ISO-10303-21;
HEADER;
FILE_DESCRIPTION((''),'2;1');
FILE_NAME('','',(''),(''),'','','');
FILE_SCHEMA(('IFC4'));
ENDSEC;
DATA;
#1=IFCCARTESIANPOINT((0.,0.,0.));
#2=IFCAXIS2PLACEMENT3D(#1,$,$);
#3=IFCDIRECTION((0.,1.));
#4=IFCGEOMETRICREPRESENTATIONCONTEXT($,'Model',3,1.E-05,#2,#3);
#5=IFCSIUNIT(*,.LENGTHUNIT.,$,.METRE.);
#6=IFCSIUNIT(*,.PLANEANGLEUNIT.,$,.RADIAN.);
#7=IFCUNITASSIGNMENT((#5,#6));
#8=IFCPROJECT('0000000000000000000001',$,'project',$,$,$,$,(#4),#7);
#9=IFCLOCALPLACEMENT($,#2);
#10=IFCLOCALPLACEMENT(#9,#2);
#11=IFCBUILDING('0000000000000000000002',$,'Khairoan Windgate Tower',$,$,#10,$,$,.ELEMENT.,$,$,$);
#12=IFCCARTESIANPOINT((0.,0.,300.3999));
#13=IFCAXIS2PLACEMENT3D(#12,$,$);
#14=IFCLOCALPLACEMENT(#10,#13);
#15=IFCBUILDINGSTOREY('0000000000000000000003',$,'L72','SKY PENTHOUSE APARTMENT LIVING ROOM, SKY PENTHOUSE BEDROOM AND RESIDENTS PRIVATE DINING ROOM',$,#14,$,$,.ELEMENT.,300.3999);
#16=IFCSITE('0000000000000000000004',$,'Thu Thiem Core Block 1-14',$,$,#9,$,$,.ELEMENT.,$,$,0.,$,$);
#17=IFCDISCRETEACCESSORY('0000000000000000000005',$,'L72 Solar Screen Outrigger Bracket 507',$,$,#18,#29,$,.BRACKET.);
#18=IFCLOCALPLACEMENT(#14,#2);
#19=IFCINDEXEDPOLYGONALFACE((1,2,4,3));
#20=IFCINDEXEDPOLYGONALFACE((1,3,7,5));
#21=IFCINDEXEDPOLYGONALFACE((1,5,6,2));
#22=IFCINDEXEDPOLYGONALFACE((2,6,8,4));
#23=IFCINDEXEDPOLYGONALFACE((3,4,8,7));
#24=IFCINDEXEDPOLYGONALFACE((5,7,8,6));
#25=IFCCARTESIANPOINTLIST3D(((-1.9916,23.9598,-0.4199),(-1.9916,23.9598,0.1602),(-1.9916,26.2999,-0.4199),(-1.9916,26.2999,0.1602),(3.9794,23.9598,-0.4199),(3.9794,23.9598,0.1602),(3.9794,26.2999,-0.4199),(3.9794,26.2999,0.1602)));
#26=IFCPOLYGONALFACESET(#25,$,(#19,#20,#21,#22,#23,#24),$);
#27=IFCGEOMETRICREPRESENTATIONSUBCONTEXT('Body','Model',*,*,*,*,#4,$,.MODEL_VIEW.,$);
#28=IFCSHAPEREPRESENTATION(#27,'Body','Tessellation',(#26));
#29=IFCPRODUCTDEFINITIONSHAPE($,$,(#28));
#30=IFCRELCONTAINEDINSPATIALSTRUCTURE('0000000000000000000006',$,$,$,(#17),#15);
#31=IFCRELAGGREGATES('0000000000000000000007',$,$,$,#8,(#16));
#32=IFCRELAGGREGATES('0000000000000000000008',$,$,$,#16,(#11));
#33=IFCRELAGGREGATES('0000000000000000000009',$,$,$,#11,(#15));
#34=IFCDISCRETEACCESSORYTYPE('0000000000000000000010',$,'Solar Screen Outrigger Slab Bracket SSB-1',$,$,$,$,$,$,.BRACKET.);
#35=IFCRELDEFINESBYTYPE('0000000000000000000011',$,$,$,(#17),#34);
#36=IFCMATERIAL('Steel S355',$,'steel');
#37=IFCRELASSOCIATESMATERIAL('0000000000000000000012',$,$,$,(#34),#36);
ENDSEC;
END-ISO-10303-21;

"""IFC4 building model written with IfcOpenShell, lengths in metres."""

from ifc_helpers import new_model, si_unit, direction, frame, origin, origin_2d, place, context, subcontext, project, spatial, rectangle, extrude, material, type_object, element, save


model = new_model("IFC4")

# Units and contexts
model_context = context("Model", 3, precision=1e-05, world=origin(), true_north=direction((0.0, 1.0)))
body_context = subcontext(model_context, "Body", "Model", "MODEL_VIEW")
ifc_project = project(units=[si_unit("LENGTHUNIT", "METRE"), si_unit("PLANEANGLEUNIT", "RADIAN")], contexts=[model_context])

# Site, building, storey
site_placement = place(None, origin())
site = spatial("IfcSite", under=ifc_project, at=site_placement, Name="Thu Thiem Core Block 1-14", CompositionType="ELEMENT", RefElevation=0.0)
building_placement = place(site_placement, origin())
building = spatial("IfcBuilding", under=site, at=building_placement, Name="Khairoan Windgate Tower", CompositionType="ELEMENT")
storey_placement = place(building_placement, frame((0.0, 0.0, 300.3999)))
storey = spatial("IfcBuildingStorey", under=building, at=storey_placement, Name="L72", Description="SKY PENTHOUSE APARTMENT LIVING ROOM, SKY PENTHOUSE BEDROOM AND RESIDENTS PRIVATE DINING ROOM", CompositionType="ELEMENT", Elevation=300.3999)

# Discrete accessory
ifc_material_1 = material(Name="Steel S355", Category="steel")
discrete_accessory_type = type_object("IfcDiscreteAccessoryType", Name="Solar Screen Outrigger Slab Bracket SSB-1", PredefinedType="BRACKET", material=ifc_material_1)
discrete_accessory_placement = place(storey_placement, frame((0.9939, 25.1299, -0.4199), z_axis=(0.0, 0.0, 1.0), x_axis=(1.0, 0.0, 0.0)))
element("IfcDiscreteAccessory", 1, at=discrete_accessory_placement, inside=storey, type_object=discrete_accessory_type, Name="L72 Solar Screen Outrigger Bracket 507", PredefinedType="BRACKET", context=body_context, shape_type="SweptSolid", body=[
    extrude(rectangle(XDim=5.9709, YDim=2.3401, at=origin_2d()), origin(), (0.0, 0.0, 1.0), 0.5801),
])

save(model, "model.ifc")
